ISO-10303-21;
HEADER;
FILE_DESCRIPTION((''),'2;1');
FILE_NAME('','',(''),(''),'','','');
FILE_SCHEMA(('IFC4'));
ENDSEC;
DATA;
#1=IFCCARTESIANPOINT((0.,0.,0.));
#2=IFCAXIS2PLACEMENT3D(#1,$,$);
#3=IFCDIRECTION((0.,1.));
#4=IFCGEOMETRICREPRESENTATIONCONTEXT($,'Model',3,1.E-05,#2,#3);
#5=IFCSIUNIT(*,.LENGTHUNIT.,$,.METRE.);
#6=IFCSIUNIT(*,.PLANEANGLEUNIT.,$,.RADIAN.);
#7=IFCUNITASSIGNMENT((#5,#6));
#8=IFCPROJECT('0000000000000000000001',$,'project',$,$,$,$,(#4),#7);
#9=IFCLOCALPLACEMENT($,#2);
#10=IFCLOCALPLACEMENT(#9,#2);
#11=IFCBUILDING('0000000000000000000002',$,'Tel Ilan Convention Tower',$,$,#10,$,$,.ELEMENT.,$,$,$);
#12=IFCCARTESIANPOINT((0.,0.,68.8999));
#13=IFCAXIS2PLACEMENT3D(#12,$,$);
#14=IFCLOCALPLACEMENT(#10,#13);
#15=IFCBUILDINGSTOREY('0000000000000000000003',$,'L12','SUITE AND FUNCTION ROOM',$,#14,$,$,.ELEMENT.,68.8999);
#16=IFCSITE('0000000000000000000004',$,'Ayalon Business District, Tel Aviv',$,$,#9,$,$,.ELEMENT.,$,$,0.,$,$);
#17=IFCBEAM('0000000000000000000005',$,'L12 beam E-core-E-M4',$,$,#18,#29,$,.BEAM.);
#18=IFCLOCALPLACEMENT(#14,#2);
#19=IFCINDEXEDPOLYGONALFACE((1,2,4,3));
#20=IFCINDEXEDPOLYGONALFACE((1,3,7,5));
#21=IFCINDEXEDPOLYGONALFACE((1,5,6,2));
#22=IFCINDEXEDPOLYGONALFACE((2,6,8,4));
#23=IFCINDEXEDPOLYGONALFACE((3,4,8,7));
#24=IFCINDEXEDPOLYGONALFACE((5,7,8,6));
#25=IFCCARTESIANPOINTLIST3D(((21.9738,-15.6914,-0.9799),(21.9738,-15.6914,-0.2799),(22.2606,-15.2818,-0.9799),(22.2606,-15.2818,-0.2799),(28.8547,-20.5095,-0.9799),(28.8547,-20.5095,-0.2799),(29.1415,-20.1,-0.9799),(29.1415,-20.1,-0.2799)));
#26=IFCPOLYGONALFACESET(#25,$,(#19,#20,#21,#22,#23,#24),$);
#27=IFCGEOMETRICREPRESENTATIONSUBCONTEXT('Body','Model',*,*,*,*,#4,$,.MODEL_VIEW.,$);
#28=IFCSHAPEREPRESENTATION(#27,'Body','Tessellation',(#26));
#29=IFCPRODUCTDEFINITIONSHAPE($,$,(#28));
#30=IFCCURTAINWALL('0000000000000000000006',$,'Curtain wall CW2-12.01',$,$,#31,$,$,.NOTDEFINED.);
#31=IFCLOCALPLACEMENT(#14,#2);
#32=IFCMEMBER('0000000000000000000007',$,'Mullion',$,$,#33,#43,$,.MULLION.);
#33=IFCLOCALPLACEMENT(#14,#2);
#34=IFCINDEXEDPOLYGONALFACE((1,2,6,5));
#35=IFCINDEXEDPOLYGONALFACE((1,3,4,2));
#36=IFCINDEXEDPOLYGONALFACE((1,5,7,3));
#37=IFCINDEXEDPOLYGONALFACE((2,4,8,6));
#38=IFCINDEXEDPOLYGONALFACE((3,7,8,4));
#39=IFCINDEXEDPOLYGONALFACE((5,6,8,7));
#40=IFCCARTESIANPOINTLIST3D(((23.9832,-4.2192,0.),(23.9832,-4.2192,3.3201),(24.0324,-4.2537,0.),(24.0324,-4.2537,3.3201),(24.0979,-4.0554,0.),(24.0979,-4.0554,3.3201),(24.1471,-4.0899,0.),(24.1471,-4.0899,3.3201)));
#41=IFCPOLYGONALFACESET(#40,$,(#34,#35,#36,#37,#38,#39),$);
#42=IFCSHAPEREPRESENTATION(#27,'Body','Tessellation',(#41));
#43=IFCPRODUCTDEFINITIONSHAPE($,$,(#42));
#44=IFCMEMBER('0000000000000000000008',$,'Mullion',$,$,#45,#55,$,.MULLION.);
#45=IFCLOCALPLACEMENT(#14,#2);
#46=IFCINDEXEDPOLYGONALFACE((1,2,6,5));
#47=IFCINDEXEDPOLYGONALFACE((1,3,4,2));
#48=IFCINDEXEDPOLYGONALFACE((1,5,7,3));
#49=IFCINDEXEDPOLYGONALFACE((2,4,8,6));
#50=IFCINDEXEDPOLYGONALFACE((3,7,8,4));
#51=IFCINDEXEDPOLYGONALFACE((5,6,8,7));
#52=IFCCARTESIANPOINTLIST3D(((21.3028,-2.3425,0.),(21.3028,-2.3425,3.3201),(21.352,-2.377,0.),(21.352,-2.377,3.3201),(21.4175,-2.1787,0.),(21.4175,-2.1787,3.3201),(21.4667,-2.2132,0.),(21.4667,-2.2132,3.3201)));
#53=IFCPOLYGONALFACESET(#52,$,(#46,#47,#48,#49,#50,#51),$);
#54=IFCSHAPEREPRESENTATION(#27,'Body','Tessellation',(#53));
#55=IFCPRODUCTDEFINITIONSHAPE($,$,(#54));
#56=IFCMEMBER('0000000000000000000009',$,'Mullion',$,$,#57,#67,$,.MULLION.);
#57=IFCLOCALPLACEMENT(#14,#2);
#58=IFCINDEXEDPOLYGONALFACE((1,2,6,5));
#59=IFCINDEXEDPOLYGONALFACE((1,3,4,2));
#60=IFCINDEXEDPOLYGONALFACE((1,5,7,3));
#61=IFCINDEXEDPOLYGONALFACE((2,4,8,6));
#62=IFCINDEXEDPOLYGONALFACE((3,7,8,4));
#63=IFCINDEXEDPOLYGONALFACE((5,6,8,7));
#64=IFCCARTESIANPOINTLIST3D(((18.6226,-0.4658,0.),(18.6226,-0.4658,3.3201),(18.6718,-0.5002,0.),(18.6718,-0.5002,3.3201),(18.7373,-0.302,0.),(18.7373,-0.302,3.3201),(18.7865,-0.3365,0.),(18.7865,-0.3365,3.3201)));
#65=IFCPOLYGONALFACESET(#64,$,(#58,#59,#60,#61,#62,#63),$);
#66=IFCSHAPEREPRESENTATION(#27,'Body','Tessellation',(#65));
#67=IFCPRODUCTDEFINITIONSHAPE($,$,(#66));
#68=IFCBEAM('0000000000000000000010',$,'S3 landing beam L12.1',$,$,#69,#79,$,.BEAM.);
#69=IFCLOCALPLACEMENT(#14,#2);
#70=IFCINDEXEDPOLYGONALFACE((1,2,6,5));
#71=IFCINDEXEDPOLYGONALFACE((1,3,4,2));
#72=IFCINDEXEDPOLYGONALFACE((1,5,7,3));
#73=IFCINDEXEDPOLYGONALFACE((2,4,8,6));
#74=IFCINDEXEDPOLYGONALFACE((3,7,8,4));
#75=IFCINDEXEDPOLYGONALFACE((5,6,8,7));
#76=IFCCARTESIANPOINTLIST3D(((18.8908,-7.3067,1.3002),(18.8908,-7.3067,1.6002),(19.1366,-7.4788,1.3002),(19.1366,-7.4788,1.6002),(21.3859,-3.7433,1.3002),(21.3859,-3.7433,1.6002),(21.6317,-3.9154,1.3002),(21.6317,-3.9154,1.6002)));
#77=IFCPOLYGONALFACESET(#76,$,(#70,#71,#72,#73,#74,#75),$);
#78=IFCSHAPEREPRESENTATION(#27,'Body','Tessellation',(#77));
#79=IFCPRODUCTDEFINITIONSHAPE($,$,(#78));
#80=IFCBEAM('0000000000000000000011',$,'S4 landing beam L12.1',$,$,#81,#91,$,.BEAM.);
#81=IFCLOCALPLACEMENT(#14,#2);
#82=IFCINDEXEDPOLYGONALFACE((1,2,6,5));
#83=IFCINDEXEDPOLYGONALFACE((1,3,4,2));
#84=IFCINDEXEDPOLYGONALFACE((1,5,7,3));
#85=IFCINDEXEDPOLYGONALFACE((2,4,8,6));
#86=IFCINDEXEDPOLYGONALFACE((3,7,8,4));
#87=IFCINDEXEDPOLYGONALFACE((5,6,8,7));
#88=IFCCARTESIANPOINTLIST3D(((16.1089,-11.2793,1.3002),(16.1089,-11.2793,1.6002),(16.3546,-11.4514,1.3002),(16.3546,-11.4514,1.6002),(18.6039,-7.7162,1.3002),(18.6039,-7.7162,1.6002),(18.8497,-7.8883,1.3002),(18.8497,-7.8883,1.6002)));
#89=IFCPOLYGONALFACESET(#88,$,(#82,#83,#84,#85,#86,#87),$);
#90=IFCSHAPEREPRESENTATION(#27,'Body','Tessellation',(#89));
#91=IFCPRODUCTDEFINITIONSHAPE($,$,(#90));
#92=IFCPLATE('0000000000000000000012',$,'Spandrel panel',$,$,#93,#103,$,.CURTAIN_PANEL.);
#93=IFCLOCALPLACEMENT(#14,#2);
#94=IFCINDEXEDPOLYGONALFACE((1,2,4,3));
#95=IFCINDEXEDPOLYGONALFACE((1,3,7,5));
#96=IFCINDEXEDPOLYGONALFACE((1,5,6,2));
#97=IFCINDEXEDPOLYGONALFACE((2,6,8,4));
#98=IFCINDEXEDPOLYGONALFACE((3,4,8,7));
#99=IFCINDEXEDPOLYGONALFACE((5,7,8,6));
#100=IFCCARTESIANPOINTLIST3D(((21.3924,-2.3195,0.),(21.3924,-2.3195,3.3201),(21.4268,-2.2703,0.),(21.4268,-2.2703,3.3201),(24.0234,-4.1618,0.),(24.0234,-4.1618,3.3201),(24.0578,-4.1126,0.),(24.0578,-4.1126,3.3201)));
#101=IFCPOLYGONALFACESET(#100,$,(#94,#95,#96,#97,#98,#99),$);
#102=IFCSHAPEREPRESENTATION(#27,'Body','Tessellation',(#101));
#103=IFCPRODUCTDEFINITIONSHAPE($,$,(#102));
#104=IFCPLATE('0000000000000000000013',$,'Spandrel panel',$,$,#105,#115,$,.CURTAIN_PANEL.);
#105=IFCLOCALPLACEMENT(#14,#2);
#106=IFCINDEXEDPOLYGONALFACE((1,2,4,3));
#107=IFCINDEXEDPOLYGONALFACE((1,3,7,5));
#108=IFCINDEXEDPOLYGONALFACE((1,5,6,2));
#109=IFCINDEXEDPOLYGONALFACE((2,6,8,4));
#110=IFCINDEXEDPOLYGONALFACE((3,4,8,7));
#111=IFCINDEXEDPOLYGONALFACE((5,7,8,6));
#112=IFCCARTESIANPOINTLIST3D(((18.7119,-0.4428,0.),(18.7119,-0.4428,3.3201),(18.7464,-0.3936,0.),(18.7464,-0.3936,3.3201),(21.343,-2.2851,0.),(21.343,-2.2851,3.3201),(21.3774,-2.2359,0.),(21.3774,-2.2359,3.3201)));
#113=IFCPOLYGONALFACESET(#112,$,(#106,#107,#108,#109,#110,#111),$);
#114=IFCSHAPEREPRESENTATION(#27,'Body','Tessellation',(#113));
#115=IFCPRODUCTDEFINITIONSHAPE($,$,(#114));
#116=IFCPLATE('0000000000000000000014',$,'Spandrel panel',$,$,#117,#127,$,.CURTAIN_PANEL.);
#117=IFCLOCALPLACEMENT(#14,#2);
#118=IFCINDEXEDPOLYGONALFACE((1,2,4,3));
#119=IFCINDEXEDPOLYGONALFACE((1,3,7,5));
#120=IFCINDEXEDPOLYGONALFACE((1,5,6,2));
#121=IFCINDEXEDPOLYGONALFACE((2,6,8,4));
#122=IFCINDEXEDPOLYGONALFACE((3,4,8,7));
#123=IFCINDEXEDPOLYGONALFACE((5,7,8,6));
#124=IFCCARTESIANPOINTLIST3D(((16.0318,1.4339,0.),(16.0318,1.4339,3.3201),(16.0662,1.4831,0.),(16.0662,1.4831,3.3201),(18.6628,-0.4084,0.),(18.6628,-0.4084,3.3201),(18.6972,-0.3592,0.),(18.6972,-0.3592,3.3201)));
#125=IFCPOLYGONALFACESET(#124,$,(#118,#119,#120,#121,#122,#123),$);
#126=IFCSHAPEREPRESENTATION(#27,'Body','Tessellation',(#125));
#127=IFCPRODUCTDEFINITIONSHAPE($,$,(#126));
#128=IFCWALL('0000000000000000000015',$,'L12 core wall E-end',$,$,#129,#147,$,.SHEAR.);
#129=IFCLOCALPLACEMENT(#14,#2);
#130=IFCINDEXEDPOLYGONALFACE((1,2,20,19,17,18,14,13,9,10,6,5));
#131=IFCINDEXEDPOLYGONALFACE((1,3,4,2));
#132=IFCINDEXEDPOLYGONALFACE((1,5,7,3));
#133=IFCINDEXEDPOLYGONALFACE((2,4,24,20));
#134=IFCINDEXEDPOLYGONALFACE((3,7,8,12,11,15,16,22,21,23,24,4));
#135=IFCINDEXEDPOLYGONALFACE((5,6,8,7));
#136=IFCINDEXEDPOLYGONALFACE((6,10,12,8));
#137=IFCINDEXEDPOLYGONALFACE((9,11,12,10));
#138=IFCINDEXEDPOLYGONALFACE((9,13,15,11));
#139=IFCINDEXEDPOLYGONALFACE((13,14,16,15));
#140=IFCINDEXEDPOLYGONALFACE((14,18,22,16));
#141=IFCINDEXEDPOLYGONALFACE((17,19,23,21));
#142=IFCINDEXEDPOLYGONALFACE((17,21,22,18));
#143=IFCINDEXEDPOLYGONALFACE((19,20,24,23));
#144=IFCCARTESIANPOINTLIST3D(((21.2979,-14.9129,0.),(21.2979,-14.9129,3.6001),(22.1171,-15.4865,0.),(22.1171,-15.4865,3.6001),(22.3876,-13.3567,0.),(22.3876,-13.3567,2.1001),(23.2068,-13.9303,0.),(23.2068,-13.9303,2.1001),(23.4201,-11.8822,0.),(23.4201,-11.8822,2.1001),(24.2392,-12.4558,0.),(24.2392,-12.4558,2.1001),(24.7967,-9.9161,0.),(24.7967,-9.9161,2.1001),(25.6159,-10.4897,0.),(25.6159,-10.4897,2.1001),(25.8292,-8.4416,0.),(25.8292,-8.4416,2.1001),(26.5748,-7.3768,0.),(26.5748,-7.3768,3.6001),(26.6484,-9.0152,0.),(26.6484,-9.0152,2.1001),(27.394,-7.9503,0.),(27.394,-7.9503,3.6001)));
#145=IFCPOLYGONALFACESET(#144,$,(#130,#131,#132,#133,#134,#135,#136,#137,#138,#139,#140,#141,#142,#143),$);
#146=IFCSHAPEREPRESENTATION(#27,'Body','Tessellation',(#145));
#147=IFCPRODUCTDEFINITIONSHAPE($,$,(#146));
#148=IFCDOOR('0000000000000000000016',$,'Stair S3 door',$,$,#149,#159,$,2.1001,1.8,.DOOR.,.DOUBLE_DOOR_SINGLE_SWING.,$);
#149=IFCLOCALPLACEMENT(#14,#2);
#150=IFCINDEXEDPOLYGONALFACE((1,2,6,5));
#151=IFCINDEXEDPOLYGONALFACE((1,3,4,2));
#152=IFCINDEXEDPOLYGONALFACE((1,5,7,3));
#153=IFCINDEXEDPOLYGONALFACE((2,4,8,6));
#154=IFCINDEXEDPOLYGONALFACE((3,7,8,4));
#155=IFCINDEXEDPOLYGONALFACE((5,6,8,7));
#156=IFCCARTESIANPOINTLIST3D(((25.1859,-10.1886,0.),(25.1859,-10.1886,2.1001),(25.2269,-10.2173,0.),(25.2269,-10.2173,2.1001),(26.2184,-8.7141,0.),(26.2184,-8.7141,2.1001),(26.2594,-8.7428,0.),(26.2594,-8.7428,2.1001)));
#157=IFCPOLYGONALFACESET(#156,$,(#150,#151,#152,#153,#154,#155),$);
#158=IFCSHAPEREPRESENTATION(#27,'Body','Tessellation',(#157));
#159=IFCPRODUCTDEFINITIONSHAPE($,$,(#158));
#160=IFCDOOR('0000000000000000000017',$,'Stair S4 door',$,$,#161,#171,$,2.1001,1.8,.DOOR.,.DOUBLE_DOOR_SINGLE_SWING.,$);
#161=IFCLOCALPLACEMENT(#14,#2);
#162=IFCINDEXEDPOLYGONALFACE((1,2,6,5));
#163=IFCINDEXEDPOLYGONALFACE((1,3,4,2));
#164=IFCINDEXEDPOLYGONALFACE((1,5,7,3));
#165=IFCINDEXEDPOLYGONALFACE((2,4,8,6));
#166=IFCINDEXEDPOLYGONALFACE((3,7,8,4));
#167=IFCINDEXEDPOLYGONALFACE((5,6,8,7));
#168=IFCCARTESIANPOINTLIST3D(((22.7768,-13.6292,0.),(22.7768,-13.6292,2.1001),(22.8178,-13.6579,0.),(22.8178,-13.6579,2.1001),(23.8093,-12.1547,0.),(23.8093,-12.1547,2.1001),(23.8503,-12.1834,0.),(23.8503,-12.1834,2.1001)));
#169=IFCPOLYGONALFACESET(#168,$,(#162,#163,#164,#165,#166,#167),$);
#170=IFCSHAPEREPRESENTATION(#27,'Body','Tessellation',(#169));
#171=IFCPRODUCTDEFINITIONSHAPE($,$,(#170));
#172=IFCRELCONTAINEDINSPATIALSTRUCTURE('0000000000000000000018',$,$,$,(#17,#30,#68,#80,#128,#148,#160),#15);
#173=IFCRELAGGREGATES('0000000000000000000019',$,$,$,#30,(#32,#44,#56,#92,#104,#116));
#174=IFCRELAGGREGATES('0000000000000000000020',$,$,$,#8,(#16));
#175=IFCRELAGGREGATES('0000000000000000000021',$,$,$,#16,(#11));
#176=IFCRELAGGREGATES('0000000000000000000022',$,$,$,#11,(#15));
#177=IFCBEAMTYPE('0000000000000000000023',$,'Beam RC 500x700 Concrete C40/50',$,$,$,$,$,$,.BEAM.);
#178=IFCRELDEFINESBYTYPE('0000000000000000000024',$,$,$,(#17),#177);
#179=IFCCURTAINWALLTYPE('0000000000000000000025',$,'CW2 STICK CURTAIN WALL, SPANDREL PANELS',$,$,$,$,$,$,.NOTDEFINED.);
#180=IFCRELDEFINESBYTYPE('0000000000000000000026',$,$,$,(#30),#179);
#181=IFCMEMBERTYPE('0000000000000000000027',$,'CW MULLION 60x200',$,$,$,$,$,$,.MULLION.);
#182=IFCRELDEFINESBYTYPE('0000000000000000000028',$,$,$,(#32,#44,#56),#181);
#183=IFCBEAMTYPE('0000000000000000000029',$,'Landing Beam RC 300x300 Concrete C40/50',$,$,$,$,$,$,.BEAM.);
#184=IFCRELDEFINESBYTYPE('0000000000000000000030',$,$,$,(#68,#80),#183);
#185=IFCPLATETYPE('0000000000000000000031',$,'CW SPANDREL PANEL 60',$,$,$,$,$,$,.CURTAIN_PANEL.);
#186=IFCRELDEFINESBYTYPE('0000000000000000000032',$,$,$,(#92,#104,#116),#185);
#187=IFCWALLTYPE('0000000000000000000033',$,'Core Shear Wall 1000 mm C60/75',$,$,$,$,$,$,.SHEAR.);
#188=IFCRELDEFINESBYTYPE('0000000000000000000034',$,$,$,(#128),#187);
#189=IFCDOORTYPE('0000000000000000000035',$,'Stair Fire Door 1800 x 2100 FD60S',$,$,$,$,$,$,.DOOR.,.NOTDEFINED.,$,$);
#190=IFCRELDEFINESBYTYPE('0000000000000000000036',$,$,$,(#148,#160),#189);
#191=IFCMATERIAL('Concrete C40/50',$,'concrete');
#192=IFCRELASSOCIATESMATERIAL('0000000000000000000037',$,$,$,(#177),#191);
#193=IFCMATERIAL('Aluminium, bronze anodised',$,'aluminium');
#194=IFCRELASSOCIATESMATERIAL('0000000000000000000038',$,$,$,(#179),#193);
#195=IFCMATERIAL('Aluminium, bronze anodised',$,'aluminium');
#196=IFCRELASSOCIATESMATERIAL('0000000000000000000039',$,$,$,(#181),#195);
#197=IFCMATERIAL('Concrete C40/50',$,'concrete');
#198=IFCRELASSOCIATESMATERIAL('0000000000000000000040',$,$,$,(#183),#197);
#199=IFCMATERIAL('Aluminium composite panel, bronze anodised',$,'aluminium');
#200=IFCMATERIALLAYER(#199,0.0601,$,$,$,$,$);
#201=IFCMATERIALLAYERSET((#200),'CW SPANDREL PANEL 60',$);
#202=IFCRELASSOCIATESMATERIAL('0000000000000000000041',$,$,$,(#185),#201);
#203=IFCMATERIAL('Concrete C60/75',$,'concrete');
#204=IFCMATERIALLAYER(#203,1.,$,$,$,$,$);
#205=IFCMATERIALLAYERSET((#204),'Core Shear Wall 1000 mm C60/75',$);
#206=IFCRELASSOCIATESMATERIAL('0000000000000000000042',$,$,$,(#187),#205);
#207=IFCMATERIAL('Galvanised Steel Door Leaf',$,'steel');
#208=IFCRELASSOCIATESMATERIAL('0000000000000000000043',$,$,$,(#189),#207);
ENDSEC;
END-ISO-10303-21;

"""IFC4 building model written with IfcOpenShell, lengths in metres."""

from ifc_helpers import new_model, si_unit, direction, frame, frame_2d, origin, origin_2d, place, context, subcontext, project, spatial, polyline, rectangle, outline, extrude, material, layer, layer_set, material_profile, profile_set, type_object, element, fill, aggregate, save


model = new_model("IFC4")

# Units and contexts
model_context = context("Model", 3, precision=1e-05, world=origin(), true_north=direction((0.0, 1.0)))
body_context = subcontext(model_context, "Body", "Model", "MODEL_VIEW")
ifc_project = project(units=[si_unit("LENGTHUNIT", "METRE"), si_unit("PLANEANGLEUNIT", "RADIAN")], contexts=[model_context])

# Site, building, storey
site_placement = place(None, origin())
site = spatial("IfcSite", under=ifc_project, at=site_placement, Name="Ayalon Business District, Tel Aviv", CompositionType="ELEMENT", RefElevation=0.0)
building_placement = place(site_placement, origin())
building = spatial("IfcBuilding", under=site, at=building_placement, Name="Tel Ilan Convention Tower", CompositionType="ELEMENT")
storey_placement = place(building_placement, frame((0.0, 0.0, 68.8999)))
storey = spatial("IfcBuildingStorey", under=building, at=storey_placement, Name="L12", Description="SUITE AND FUNCTION ROOM", CompositionType="ELEMENT", Elevation=68.8999)

# Beam
ifc_material_1 = material(Name="Concrete C40/50", Category="concrete")
ifc_material_profile_1 = material_profile(ifc_material_1, rectangle(XDim=0.5, YDim=0.7, at=origin_2d()), Name="RC 500x700")
ifc_profile_set_1 = profile_set([ifc_material_profile_1], Name="Concrete C40/50")
beam_type_1 = type_object("IfcBeamType", Name="Beam RC 500x700 Concrete C40/50", PredefinedType="BEAM", material=ifc_profile_set_1)
beam_1_placement = place(storey_placement, frame((22.1172, -15.4866, -0.6299), z_axis=(0.819147, -0.573583, 0.0), x_axis=(0.573583, 0.819147, 0.0)))
element("IfcBeam", 1, at=beam_1_placement, inside=storey, type_object=beam_type_1, Name="L12 beam E-core-E-M4", PredefinedType="BEAM", context=body_context, shape_type="SweptSolid", body=[
    extrude(rectangle(XDim=0.5, YDim=0.7, at=origin_2d()), origin(), (0.0, 0.0, 1.0), 8.4001),
])

# Curtain wall, members
ifc_material_2 = material(Name="Aluminium, bronze anodised", Category="aluminium")
curtain_wall_type = type_object("IfcCurtainWallType", Name="CW2 STICK CURTAIN WALL, SPANDREL PANELS", PredefinedType="NOTDEFINED", material=ifc_material_2)
curtain_wall_placement = place(storey_placement, origin())
curtain_wall = element("IfcCurtainWall", 2, at=curtain_wall_placement, inside=storey, type_object=curtain_wall_type, Name="Curtain wall CW2-12.01", PredefinedType="NOTDEFINED")
ifc_material_3 = material(Name="Aluminium, bronze anodised", Category="aluminium")
ifc_material_profile_2 = material_profile(ifc_material_3, rectangle(XDim=0.0601, YDim=0.2, at=origin_2d()), Name="CW MULLION 60x200")
ifc_profile_set_2 = profile_set([ifc_material_profile_2], Name="Aluminium, bronze anodised")
member_type = type_object("IfcMemberType", Name="CW MULLION 60x200", PredefinedType="MULLION", material=ifc_profile_set_2)
member_1_placement = place(storey_placement, frame((24.0652, -4.1545, 0.0), z_axis=(0.0, 0.0, 1.0), x_axis=(-0.819152, 0.573576, 0.0)))
member_1 = element("IfcMember", 3, at=member_1_placement, type_object=member_type, Name="Mullion", PredefinedType="MULLION", context=body_context, shape_type="SweptSolid", body=[
    extrude(rectangle(XDim=0.0601, YDim=0.2, at=origin_2d()), origin(), (0.0, 0.0, 1.0), 3.3201),
])
member_2_placement = place(storey_placement, frame((21.3848, -2.2778, 0.0), z_axis=(0.0, 0.0, 1.0), x_axis=(-0.819152, 0.573576, 0.0)))
member_2 = element("IfcMember", 4, at=member_2_placement, type_object=member_type, Name="Mullion", PredefinedType="MULLION", context=body_context, shape_type="SweptSolid", body=[
    extrude(rectangle(XDim=0.0601, YDim=0.2, at=origin_2d()), origin(), (0.0, 0.0, 1.0), 3.3201),
])
member_3_placement = place(storey_placement, frame((18.7046, -0.4011, 0.0), z_axis=(0.0, 0.0, 1.0), x_axis=(-0.819152, 0.573576, 0.0)))
member_3 = element("IfcMember", 5, at=member_3_placement, type_object=member_type, Name="Mullion", PredefinedType="MULLION", context=body_context, shape_type="SweptSolid", body=[
    extrude(rectangle(XDim=0.0601, YDim=0.2, at=origin_2d()), origin(), (0.0, 0.0, 1.0), 3.3201),
])

# Beams
ifc_material_4 = material(Name="Concrete C40/50", Category="concrete")
ifc_material_profile_3 = material_profile(ifc_material_4, rectangle(XDim=0.3, YDim=0.3, at=origin_2d()), Name="RC 300x300")
ifc_profile_set_3 = profile_set([ifc_material_profile_3], Name="Concrete C40/50")
beam_type_2 = type_object("IfcBeamType", Name="Landing Beam RC 300x300 Concrete C40/50", PredefinedType="BEAM", material=ifc_profile_set_3)
beam_2_placement = place(storey_placement, frame((21.5088, -3.8293, 1.4502), z_axis=(-0.573568, -0.819158, 0.0), x_axis=(0.819158, -0.573568, 0.0)))
element("IfcBeam", 6, at=beam_2_placement, inside=storey, type_object=beam_type_2, Name="S3 landing beam L12.1", PredefinedType="BEAM", context=body_context, shape_type="SweptSolid", body=[
    extrude(rectangle(XDim=0.3, YDim=0.3, at=origin_2d()), origin(), (0.0, 0.0, 1.0), 4.3501),
])
beam_3_placement = place(storey_placement, frame((18.7268, -7.8022, 1.4502), z_axis=(-0.573594, -0.81914, 0.0), x_axis=(0.81914, -0.573594, 0.0)))
element("IfcBeam", 7, at=beam_3_placement, inside=storey, type_object=beam_type_2, Name="S4 landing beam L12.1", PredefinedType="BEAM", context=body_context, shape_type="SweptSolid", body=[
    extrude(rectangle(XDim=0.3, YDim=0.3, at=origin_2d()), origin(), (0.0, 0.0, 1.0), 4.3499),
])

# Plates
ifc_material_5 = material(Name="Aluminium composite panel, bronze anodised", Category="aluminium")
ifc_layer_1 = layer(ifc_material_5, 0.0601)
ifc_layer_set_1 = layer_set([ifc_layer_1], Name="CW SPANDREL PANEL 60")
plate_type = type_object("IfcPlateType", Name="CW SPANDREL PANEL 60", PredefinedType="CURTAIN_PANEL", material=ifc_layer_set_1)
plate_1_placement = place(storey_placement, frame((22.7251, -3.2161, 0.0), z_axis=(0.0, 0.0, 1.0), x_axis=(-0.819152, 0.573576, 0.0)))
plate_1 = element("IfcPlate", 8, at=plate_1_placement, type_object=plate_type, Name="Spandrel panel", PredefinedType="CURTAIN_PANEL", context=body_context, shape_type="SweptSolid", body=[
    extrude(rectangle(XDim=3.2119, YDim=0.0601, at=origin_2d()), origin(), (0.0, 0.0, 1.0), 3.3201),
])
plate_2_placement = place(storey_placement, frame((20.0447, -1.3394, 0.0), z_axis=(0.0, 0.0, 1.0), x_axis=(-0.819152, 0.573576, 0.0)))
plate_2 = element("IfcPlate", 9, at=plate_2_placement, type_object=plate_type, Name="Spandrel panel", PredefinedType="CURTAIN_PANEL", context=body_context, shape_type="SweptSolid", body=[
    extrude(rectangle(XDim=3.2119, YDim=0.0601, at=origin_2d()), origin(), (0.0, 0.0, 1.0), 3.3201),
])
plate_3_placement = place(storey_placement, frame((17.3645, 0.5374, 0.0), z_axis=(0.0, 0.0, 1.0), x_axis=(-0.819152, 0.573576, 0.0)))
plate_3 = element("IfcPlate", 10, at=plate_3_placement, type_object=plate_type, Name="Spandrel panel", PredefinedType="CURTAIN_PANEL", context=body_context, shape_type="SweptSolid", body=[
    extrude(rectangle(XDim=3.2119, YDim=0.0601, at=origin_2d()), origin(), (0.0, 0.0, 1.0), 3.3201),
])
aggregate(curtain_wall, [member_1, member_2, member_3, plate_1, plate_2, plate_3])

# Wall, openings, doors
ifc_material_6 = material(Name="Concrete C60/75", Category="concrete")
ifc_layer_2 = layer(ifc_material_6, 1.0)
ifc_layer_set_2 = layer_set([ifc_layer_2], Name="Core Shear Wall 1000 mm C60/75")
wall_type_1 = type_object("IfcWallType", Name="Core Shear Wall 1000 mm C60/75", PredefinedType="SHEAR", material=ifc_layer_set_2)
wall_1_placement = place(storey_placement, frame((21.7075, -15.1997, 0.0), z_axis=(0.0, 0.0, 1.0), x_axis=(0.573576, 0.819152, 0.0)))
wall_1 = element("IfcWall", 11, at=wall_1_placement, inside=storey, type_object=wall_type_1, Name="L12 core wall E-end", PredefinedType="SHEAR", context=body_context, shape_type="SweptSolid", body=[
    extrude(outline(polyline([(9.2, 0.5), (0.0, 0.5), (0.0, -0.5), (9.2, -0.5), (9.2, 0.5)])), origin(), (0.0, 0.0, 1.0), 3.6001),
])
opening_1_placement = place(wall_1_placement, frame((6.1001, 0.0, 0.0)))
opening_1 = element("IfcOpeningElement", 12, at=opening_1_placement, cuts=wall_1, PredefinedType="OPENING", context=body_context, shape_type="SweptSolid", body=[
    extrude(rectangle(XDim=1.8, YDim=2.1001, at=frame_2d((0.8999, 1.05))), frame((0.0, 0.51, 0.0), z_axis=(0.0, -1.0, 0.0), x_axis=(1.0, 0.0, 0.0)), (0.0, 0.0, 1.0), 1.02),
])
opening_2_placement = place(wall_1_placement, frame((1.8999, 0.0, 0.0)))
opening_2 = element("IfcOpeningElement", 13, at=opening_2_placement, cuts=wall_1, PredefinedType="OPENING", context=body_context, shape_type="SweptSolid", body=[
    extrude(rectangle(XDim=1.8, YDim=2.1001, at=frame_2d((0.8999, 1.05))), frame((0.0, 0.51, 0.0), z_axis=(0.0, -1.0, 0.0), x_axis=(1.0, 0.0, 0.0)), (0.0, 0.0, 1.0), 1.02),
])
ifc_material_7 = material(Name="Galvanised Steel Door Leaf", Category="steel")
door_type_1 = type_object("IfcDoorType", Name="Stair Fire Door 1800 x 2100 FD60S", OperationType="NOTDEFINED", PredefinedType="DOOR", material=ifc_material_7)
door_1_placement = place(opening_1_placement, origin())
door_1 = element("IfcDoor", 14, at=door_1_placement, inside=storey, type_object=door_type_1, Name="Stair S3 door", OperationType="DOUBLE_DOOR_SINGLE_SWING", OverallHeight=2.1001, OverallWidth=1.8, PredefinedType="DOOR", context=body_context, shape_type="SweptSolid", body=[
    extrude(rectangle(XDim=1.8, YDim=2.1001, at=frame_2d((0.8999, 1.05))), frame((0.0, 0.0249, 0.0), z_axis=(0.0, -1.0, 0.0), x_axis=(1.0, 0.0, 0.0)), (0.0, 0.0, 1.0), 0.05),
])
fill(opening_1, door_1)
door_2_placement = place(opening_2_placement, origin())
door_2 = element("IfcDoor", 15, at=door_2_placement, inside=storey, type_object=door_type_1, Name="Stair S4 door", OperationType="DOUBLE_DOOR_SINGLE_SWING", OverallHeight=2.1001, OverallWidth=1.8, PredefinedType="DOOR", context=body_context, shape_type="SweptSolid", body=[
    extrude(rectangle(XDim=1.8, YDim=2.1001, at=frame_2d((0.8999, 1.05))), frame((0.0, 0.0249, 0.0), z_axis=(0.0, -1.0, 0.0), x_axis=(1.0, 0.0, 0.0)), (0.0, 0.0, 1.0), 0.05),
])
fill(opening_2, door_2)

save(model, "model.ifc")
